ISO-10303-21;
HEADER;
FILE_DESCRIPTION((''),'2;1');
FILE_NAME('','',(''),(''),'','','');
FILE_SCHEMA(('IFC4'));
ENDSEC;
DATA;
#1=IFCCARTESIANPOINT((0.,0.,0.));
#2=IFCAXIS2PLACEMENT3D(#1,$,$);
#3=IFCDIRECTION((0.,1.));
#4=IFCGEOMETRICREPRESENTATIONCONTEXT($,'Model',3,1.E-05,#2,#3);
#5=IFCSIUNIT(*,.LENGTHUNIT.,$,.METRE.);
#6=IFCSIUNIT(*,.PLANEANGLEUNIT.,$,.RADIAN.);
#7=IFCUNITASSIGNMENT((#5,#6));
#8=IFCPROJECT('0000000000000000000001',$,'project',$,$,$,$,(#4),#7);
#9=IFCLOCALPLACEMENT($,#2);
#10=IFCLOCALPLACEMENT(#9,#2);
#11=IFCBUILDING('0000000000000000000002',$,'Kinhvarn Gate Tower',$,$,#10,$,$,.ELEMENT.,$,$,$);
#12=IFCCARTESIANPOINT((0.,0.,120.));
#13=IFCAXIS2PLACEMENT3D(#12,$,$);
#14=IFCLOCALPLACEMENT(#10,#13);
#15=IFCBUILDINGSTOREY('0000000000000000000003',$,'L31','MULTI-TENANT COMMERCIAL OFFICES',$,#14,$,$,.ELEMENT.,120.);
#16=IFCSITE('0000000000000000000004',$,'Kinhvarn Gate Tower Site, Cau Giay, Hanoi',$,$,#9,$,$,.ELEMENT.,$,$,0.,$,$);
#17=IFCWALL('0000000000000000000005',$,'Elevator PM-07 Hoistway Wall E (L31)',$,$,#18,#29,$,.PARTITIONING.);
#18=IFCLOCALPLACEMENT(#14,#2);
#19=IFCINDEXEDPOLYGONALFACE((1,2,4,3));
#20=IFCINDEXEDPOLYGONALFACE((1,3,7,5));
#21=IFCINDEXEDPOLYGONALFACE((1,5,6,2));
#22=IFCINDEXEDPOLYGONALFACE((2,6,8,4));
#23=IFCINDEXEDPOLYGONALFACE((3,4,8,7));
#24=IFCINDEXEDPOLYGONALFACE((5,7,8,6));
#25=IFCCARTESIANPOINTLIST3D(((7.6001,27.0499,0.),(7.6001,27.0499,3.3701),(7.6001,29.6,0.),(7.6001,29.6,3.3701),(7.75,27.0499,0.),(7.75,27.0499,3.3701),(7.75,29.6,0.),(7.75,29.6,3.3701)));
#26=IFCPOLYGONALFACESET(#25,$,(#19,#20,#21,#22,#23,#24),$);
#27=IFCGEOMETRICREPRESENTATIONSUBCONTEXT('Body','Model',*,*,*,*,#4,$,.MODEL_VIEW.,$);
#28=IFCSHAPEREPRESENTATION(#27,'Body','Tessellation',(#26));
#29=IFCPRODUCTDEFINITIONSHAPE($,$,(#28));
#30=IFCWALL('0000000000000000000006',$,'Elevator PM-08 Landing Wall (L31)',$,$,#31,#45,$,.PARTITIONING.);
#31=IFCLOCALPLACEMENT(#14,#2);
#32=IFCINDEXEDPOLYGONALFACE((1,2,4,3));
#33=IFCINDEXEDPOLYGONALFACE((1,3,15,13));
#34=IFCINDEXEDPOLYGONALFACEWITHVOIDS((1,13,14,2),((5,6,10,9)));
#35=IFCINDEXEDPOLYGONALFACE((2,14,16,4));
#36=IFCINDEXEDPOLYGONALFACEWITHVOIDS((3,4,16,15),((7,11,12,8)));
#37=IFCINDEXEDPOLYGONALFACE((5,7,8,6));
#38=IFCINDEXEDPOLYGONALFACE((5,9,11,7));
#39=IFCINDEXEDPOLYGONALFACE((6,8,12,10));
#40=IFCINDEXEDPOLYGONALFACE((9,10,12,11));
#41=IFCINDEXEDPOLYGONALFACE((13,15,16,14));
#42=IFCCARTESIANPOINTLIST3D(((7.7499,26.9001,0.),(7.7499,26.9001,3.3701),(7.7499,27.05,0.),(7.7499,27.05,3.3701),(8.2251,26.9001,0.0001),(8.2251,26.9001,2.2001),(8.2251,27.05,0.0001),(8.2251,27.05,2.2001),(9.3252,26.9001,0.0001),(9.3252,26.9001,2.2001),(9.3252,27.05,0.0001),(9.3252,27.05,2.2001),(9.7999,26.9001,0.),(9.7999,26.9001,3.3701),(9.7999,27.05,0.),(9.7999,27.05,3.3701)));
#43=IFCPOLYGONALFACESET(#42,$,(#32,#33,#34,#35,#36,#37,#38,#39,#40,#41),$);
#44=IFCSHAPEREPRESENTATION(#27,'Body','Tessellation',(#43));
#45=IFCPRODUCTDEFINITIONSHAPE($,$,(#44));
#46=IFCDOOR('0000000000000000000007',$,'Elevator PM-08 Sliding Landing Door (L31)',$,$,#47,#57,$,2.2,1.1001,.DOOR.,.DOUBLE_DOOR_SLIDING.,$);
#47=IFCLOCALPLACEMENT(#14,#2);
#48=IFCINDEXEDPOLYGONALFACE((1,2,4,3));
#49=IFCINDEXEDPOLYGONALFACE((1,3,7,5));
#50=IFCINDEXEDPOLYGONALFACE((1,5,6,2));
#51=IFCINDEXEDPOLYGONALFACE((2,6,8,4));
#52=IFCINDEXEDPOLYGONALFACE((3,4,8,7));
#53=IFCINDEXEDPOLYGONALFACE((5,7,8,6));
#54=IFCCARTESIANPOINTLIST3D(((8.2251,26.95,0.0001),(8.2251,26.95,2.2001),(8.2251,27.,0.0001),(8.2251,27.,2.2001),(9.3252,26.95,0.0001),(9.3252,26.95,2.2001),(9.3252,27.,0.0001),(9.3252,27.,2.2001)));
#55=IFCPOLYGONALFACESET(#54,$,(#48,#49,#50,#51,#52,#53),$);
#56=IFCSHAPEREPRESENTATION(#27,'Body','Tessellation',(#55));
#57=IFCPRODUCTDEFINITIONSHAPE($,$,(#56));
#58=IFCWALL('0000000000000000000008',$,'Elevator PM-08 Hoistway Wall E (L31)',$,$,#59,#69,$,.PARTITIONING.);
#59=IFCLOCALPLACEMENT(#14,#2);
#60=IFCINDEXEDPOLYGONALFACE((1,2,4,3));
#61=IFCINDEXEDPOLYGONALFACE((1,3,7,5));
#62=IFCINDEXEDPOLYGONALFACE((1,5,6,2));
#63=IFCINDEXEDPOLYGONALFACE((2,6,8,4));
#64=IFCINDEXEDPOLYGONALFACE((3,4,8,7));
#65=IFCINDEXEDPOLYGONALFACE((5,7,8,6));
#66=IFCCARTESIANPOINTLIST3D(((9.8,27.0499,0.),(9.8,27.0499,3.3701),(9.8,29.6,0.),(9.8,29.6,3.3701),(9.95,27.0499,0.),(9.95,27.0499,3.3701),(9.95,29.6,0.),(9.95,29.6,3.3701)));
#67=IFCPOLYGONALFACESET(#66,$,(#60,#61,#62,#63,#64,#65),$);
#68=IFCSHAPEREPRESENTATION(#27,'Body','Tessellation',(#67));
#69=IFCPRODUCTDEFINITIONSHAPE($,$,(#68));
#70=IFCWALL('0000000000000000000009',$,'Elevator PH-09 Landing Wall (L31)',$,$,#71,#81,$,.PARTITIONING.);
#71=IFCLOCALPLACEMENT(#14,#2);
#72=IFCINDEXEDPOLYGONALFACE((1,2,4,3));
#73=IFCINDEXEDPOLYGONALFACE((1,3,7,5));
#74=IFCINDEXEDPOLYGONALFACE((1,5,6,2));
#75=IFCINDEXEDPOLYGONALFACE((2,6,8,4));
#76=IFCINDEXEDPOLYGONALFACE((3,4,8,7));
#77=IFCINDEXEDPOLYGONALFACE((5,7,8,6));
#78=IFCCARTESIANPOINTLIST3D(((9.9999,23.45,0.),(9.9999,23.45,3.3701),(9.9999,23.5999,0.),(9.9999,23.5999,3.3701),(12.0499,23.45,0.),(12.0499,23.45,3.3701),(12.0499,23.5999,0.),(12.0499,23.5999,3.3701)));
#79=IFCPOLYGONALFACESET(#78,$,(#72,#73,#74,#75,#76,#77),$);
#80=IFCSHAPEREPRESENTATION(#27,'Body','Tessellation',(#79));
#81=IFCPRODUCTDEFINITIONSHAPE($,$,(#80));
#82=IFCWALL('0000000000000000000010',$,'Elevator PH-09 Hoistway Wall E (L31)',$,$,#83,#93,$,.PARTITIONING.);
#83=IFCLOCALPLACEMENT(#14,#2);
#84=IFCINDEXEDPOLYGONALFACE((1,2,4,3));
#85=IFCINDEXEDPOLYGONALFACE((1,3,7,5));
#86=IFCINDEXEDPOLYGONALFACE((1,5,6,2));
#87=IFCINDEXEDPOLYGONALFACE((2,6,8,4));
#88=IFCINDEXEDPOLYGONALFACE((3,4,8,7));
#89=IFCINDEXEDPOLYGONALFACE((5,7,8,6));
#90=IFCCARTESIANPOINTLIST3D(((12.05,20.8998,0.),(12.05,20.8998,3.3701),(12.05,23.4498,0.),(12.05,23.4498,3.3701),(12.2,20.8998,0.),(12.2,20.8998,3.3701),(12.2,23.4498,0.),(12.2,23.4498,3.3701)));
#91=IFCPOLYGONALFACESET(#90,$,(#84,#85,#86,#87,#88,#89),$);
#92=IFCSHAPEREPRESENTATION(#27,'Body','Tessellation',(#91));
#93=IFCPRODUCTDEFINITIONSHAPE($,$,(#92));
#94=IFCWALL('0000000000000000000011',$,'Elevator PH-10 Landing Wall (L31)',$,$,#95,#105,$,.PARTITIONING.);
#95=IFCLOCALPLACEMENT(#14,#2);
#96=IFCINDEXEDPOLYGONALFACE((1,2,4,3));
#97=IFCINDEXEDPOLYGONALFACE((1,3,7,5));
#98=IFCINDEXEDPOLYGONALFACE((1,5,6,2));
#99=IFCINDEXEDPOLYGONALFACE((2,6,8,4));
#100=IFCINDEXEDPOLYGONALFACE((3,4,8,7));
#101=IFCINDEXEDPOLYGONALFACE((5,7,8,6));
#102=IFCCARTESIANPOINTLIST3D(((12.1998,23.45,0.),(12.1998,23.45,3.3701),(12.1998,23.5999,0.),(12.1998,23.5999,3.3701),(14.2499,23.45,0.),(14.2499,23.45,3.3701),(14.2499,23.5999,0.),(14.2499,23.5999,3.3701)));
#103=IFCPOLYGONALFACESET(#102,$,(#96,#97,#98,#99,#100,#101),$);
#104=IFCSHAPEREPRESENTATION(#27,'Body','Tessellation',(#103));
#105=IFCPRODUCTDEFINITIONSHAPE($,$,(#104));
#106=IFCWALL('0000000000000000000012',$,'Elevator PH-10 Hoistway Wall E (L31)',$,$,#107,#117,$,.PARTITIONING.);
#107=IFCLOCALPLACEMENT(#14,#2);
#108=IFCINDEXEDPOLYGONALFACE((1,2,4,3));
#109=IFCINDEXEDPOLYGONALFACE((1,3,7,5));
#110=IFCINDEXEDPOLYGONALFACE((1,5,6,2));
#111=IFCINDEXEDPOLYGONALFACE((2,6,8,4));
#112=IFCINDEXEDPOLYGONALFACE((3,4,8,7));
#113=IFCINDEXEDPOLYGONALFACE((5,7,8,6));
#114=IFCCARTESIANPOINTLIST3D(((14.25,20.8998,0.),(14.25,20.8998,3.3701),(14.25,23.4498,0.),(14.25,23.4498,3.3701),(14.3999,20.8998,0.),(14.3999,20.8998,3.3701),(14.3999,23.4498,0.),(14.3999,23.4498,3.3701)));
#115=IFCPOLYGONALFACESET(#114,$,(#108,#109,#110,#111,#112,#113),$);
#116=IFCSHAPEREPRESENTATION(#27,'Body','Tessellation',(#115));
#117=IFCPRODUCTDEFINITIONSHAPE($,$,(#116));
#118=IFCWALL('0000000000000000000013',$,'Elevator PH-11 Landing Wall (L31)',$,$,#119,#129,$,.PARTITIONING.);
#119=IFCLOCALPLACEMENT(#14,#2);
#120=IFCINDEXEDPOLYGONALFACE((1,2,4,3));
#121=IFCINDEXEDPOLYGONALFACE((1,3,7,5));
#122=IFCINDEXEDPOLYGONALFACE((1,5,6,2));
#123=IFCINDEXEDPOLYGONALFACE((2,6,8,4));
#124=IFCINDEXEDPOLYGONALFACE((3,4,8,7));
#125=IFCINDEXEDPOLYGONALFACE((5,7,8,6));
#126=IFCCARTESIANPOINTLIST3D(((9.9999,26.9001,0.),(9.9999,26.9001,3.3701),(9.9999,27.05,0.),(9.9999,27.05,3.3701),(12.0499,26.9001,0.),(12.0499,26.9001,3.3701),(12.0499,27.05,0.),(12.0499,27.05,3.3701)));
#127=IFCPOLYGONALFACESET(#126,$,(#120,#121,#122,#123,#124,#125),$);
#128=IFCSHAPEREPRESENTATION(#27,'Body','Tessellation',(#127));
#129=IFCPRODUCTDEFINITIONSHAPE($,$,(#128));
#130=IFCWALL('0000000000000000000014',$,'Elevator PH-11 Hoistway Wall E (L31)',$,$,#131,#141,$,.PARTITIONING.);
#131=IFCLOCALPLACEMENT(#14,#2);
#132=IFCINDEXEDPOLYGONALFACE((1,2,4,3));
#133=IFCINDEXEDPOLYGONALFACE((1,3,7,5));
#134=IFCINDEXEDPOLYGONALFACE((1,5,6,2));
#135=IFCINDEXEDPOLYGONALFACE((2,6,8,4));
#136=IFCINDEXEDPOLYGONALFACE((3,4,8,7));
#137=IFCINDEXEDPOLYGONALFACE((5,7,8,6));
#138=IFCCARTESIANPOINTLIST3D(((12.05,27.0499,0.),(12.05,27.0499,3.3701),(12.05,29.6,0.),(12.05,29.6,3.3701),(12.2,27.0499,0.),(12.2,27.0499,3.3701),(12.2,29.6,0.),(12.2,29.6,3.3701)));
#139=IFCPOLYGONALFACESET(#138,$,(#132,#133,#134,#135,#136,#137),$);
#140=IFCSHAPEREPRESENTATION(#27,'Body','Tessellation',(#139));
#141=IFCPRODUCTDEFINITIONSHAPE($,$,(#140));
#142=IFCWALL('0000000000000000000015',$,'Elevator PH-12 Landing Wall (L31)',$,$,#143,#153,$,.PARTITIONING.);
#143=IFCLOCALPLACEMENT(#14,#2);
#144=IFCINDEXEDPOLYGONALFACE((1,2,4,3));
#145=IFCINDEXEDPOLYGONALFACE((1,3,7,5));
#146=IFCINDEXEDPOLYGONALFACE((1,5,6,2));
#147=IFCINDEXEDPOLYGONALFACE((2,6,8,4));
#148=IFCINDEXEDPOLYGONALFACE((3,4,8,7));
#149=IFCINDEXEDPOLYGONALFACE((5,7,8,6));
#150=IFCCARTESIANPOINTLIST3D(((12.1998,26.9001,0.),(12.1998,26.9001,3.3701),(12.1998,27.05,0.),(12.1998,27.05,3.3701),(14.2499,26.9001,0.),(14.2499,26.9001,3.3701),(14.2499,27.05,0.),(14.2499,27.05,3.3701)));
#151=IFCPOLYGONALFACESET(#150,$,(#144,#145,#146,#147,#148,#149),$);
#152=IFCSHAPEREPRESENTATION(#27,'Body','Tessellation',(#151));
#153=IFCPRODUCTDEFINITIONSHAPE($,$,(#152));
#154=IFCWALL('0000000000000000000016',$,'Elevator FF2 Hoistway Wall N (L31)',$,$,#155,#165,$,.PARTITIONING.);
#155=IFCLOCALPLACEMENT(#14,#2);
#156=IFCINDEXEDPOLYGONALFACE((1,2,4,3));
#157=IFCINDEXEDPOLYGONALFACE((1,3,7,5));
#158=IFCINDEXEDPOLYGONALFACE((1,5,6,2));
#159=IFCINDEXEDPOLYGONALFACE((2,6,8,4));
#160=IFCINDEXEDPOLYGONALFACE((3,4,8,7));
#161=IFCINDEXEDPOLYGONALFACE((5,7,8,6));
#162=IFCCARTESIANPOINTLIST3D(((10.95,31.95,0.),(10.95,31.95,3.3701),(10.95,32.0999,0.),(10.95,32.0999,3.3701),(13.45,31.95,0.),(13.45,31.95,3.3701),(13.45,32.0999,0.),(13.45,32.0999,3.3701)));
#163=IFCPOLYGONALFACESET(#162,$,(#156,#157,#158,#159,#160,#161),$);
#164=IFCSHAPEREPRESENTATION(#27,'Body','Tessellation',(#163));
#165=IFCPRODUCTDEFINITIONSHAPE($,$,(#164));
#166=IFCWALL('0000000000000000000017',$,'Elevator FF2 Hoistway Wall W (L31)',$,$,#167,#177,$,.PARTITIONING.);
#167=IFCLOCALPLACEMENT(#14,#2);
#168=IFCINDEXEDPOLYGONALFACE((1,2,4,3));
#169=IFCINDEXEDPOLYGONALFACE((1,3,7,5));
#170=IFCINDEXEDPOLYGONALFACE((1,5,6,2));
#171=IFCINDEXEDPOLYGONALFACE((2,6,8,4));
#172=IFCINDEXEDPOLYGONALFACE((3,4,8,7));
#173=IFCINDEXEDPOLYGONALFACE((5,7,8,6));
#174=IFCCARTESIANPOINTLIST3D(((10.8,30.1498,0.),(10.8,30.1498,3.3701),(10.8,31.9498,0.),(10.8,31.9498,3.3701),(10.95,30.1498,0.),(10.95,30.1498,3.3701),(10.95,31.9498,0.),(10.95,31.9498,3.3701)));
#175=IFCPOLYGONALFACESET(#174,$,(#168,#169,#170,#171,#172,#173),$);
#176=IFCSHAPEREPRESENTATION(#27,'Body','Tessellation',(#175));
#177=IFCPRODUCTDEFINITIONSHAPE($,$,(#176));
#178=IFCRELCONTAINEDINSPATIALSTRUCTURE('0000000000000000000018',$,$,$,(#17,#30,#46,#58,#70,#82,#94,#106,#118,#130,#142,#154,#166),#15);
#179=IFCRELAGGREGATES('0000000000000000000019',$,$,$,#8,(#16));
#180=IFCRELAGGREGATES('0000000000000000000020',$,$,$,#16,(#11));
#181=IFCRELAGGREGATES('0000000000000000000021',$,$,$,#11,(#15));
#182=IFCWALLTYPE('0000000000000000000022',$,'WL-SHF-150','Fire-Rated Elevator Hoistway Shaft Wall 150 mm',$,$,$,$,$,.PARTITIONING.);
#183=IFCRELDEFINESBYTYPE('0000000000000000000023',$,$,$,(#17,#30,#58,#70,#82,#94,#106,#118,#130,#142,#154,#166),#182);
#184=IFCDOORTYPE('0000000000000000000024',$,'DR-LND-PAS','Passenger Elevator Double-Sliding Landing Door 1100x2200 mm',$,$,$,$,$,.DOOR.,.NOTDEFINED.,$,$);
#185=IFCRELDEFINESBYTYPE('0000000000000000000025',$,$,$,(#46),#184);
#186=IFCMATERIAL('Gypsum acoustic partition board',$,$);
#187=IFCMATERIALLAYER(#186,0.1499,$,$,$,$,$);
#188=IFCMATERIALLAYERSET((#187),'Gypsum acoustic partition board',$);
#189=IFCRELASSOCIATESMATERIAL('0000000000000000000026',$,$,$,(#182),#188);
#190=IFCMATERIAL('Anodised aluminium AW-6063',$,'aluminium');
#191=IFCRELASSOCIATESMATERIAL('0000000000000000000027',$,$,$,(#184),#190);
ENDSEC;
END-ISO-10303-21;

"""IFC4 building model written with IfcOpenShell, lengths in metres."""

from ifc_helpers import new_model, si_unit, direction, frame, frame_2d, origin, place, context, subcontext, project, spatial, rectangle, extrude, material, layer, layer_set, type_object, element, fill, save


model = new_model("IFC4")

# Units and contexts
model_context = context("Model", 3, precision=1e-05, world=origin(), true_north=direction((0.0, 1.0)))
body_context = subcontext(model_context, "Body", "Model", "MODEL_VIEW")
ifc_project = project(units=[si_unit("LENGTHUNIT", "METRE"), si_unit("PLANEANGLEUNIT", "RADIAN")], contexts=[model_context])

# Site, building, storey
site_placement = place(None, origin())
site = spatial("IfcSite", under=ifc_project, at=site_placement, Name="Kinhvarn Gate Tower Site, Cau Giay, Hanoi", CompositionType="ELEMENT", RefElevation=0.0)
building_placement = place(site_placement, origin())
building = spatial("IfcBuilding", under=site, at=building_placement, Name="Kinhvarn Gate Tower", CompositionType="ELEMENT")
storey_placement = place(building_placement, frame((0.0, 0.0, 120.0)))
storey = spatial("IfcBuildingStorey", under=building, at=storey_placement, Name="L31", Description="MULTI-TENANT COMMERCIAL OFFICES", CompositionType="ELEMENT", Elevation=120.0)

# Shared definitions
ifc_material_1 = material(Name="Gypsum acoustic partition board")

# Shared definitions
ifc_layer_1 = layer(ifc_material_1, 0.1499)
ifc_layer_set_1 = layer_set([ifc_layer_1], Name="Gypsum acoustic partition board")
wall_type_1 = type_object("IfcWallType", Name="WL-SHF-150", Description="Fire-Rated Elevator Hoistway Shaft Wall 150 mm", PredefinedType="PARTITIONING", material=ifc_layer_set_1)
ifc_material_2 = material(Name="Anodised aluminium AW-6063", Category="aluminium")
door_type_1 = type_object("IfcDoorType", Name="DR-LND-PAS", Description="Passenger Elevator Double-Sliding Landing Door 1100x2200 mm", OperationType="NOTDEFINED", PredefinedType="DOOR", material=ifc_material_2)

# Wall
for number, where, z_axis, x_axis, name in (
    (1, (7.675, 27.05, 0.0), (0.0, 0.0, 1.0), (0.0, 1.0, 0.0), "Elevator PM-07 Hoistway Wall E (L31)"),
):
    element("IfcWall", number, at=place(storey_placement, frame(where, z_axis=z_axis, x_axis=x_axis)), inside=storey, type_object=wall_type_1, Name=name, PredefinedType="PARTITIONING", context=body_context, shape_type="SweptSolid", body=[
        extrude(rectangle(XDim=2.55, YDim=0.1499, at=frame_2d((1.2749, 0.0))), origin(), (0.0, 0.0, 1.0), 3.3701),
    ])

# Wall, opening, door
wall_1_placement = place(storey_placement, frame((7.75, 26.9751, 0.0), z_axis=(0.0, 0.0, 1.0), x_axis=(1.0, 0.0, 0.0)))
wall_1 = element("IfcWall", 2, at=wall_1_placement, inside=storey, type_object=wall_type_1, Name="Elevator PM-08 Landing Wall (L31)", PredefinedType="PARTITIONING", context=body_context, shape_type="SweptSolid", body=[
    extrude(rectangle(XDim=2.05, YDim=0.1499, at=frame_2d((1.0249, 0.0))), origin(), (0.0, 0.0, 1.0), 3.3701),
])
opening_1_placement = place(wall_1_placement, frame((0.4751, 0.0, 0.0)))
opening_1 = element("IfcOpeningElement", 3, at=opening_1_placement, cuts=wall_1, PredefinedType="OPENING", context=body_context, shape_type="SweptSolid", body=[
    extrude(rectangle(XDim=1.1001, YDim=2.2, at=frame_2d((0.55, 1.1001))), frame((0.0, 0.085, 0.0), z_axis=(0.0, -1.0, 0.0), x_axis=(1.0, 0.0, 0.0)), (0.0, 0.0, 1.0), 0.1699),
])
door_1_placement = place(opening_1_placement, origin())
door_1 = element("IfcDoor", 4, at=door_1_placement, inside=storey, type_object=door_type_1, Name="Elevator PM-08 Sliding Landing Door (L31)", OperationType="DOUBLE_DOOR_SLIDING", OverallHeight=2.2, OverallWidth=1.1001, PredefinedType="DOOR", context=body_context, shape_type="SweptSolid", body=[
    extrude(rectangle(XDim=1.1001, YDim=2.2, at=frame_2d((0.55, 1.1001))), frame((0.0, 0.0249, 0.0), z_axis=(0.0, -1.0, 0.0), x_axis=(1.0, 0.0, 0.0)), (0.0, 0.0, 1.0), 0.05),
])
fill(opening_1, door_1)

# Walls
wall_2_placement = place(storey_placement, frame((9.875, 27.05, 0.0), z_axis=(0.0, 0.0, 1.0), x_axis=(0.0, 1.0, 0.0)))
element("IfcWall", 5, at=wall_2_placement, inside=storey, type_object=wall_type_1, Name="Elevator PM-08 Hoistway Wall E (L31)", PredefinedType="PARTITIONING", context=body_context, shape_type="SweptSolid", body=[
    extrude(rectangle(XDim=2.55, YDim=0.1499, at=frame_2d((1.2749, 0.0))), origin(), (0.0, 0.0, 1.0), 3.3701),
])
wall_3_placement = place(storey_placement, frame((10.0, 23.5249, 0.0), z_axis=(0.0, 0.0, 1.0), x_axis=(1.0, 0.0, 0.0)))
element("IfcWall", 6, at=wall_3_placement, inside=storey, type_object=wall_type_1, Name="Elevator PH-09 Landing Wall (L31)", PredefinedType="PARTITIONING", context=body_context, shape_type="SweptSolid", body=[
    extrude(rectangle(XDim=2.05, YDim=0.1499, at=frame_2d((1.0249, 0.0))), origin(), (0.0, 0.0, 1.0), 3.3701),
])
wall_4_placement = place(storey_placement, frame((12.125, 20.8999, 0.0), z_axis=(0.0, 0.0, 1.0), x_axis=(0.0, 1.0, 0.0)))
element("IfcWall", 7, at=wall_4_placement, inside=storey, type_object=wall_type_1, Name="Elevator PH-09 Hoistway Wall E (L31)", PredefinedType="PARTITIONING", context=body_context, shape_type="SweptSolid", body=[
    extrude(rectangle(XDim=2.55, YDim=0.1499, at=frame_2d((1.2749, 0.0))), origin(), (0.0, 0.0, 1.0), 3.3701),
])
wall_5_placement = place(storey_placement, frame((12.2, 23.5249, 0.0), z_axis=(0.0, 0.0, 1.0), x_axis=(1.0, 0.0, 0.0)))
element("IfcWall", 8, at=wall_5_placement, inside=storey, type_object=wall_type_1, Name="Elevator PH-10 Landing Wall (L31)", PredefinedType="PARTITIONING", context=body_context, shape_type="SweptSolid", body=[
    extrude(rectangle(XDim=2.05, YDim=0.1499, at=frame_2d((1.0249, 0.0))), origin(), (0.0, 0.0, 1.0), 3.3701),
])
wall_6_placement = place(storey_placement, frame((14.325, 20.8999, 0.0), z_axis=(0.0, 0.0, 1.0), x_axis=(0.0, 1.0, 0.0)))
element("IfcWall", 9, at=wall_6_placement, inside=storey, type_object=wall_type_1, Name="Elevator PH-10 Hoistway Wall E (L31)", PredefinedType="PARTITIONING", context=body_context, shape_type="SweptSolid", body=[
    extrude(rectangle(XDim=2.55, YDim=0.1499, at=frame_2d((1.2749, 0.0))), origin(), (0.0, 0.0, 1.0), 3.3701),
])
wall_7_placement = place(storey_placement, frame((10.0, 26.9751, 0.0), z_axis=(0.0, 0.0, 1.0), x_axis=(1.0, 0.0, 0.0)))
element("IfcWall", 10, at=wall_7_placement, inside=storey, type_object=wall_type_1, Name="Elevator PH-11 Landing Wall (L31)", PredefinedType="PARTITIONING", context=body_context, shape_type="SweptSolid", body=[
    extrude(rectangle(XDim=2.05, YDim=0.1499, at=frame_2d((1.0249, 0.0))), origin(), (0.0, 0.0, 1.0), 3.3701),
])
wall_8_placement = place(storey_placement, frame((12.125, 27.05, 0.0), z_axis=(0.0, 0.0, 1.0), x_axis=(0.0, 1.0, 0.0)))
element("IfcWall", 11, at=wall_8_placement, inside=storey, type_object=wall_type_1, Name="Elevator PH-11 Hoistway Wall E (L31)", PredefinedType="PARTITIONING", context=body_context, shape_type="SweptSolid", body=[
    extrude(rectangle(XDim=2.55, YDim=0.1499, at=frame_2d((1.2749, 0.0))), origin(), (0.0, 0.0, 1.0), 3.3701),
])
wall_9_placement = place(storey_placement, frame((12.2, 26.9751, 0.0), z_axis=(0.0, 0.0, 1.0), x_axis=(1.0, 0.0, 0.0)))
element("IfcWall", 12, at=wall_9_placement, inside=storey, type_object=wall_type_1, Name="Elevator PH-12 Landing Wall (L31)", PredefinedType="PARTITIONING", context=body_context, shape_type="SweptSolid", body=[
    extrude(rectangle(XDim=2.05, YDim=0.1499, at=frame_2d((1.0249, 0.0))), origin(), (0.0, 0.0, 1.0), 3.3701),
])
wall_10_placement = place(storey_placement, frame((10.95, 32.0249, 0.0), z_axis=(0.0, 0.0, 1.0), x_axis=(1.0, 0.0, 0.0)))
element("IfcWall", 13, at=wall_10_placement, inside=storey, type_object=wall_type_1, Name="Elevator FF2 Hoistway Wall N (L31)", PredefinedType="PARTITIONING", context=body_context, shape_type="SweptSolid", body=[
    extrude(rectangle(XDim=2.5, YDim=0.1499, at=frame_2d((1.25, 0.0))), origin(), (0.0, 0.0, 1.0), 3.3701),
])
wall_11_placement = place(storey_placement, frame((10.875, 30.1499, 0.0), z_axis=(0.0, 0.0, 1.0), x_axis=(0.0, 1.0, 0.0)))
element("IfcWall", 14, at=wall_11_placement, inside=storey, type_object=wall_type_1, Name="Elevator FF2 Hoistway Wall W (L31)", PredefinedType="PARTITIONING", context=body_context, shape_type="SweptSolid", body=[
    extrude(rectangle(XDim=1.8, YDim=0.1499, at=frame_2d((0.8999, 0.0))), origin(), (0.0, 0.0, 1.0), 3.3701),
])

save(model, "model.ifc")
